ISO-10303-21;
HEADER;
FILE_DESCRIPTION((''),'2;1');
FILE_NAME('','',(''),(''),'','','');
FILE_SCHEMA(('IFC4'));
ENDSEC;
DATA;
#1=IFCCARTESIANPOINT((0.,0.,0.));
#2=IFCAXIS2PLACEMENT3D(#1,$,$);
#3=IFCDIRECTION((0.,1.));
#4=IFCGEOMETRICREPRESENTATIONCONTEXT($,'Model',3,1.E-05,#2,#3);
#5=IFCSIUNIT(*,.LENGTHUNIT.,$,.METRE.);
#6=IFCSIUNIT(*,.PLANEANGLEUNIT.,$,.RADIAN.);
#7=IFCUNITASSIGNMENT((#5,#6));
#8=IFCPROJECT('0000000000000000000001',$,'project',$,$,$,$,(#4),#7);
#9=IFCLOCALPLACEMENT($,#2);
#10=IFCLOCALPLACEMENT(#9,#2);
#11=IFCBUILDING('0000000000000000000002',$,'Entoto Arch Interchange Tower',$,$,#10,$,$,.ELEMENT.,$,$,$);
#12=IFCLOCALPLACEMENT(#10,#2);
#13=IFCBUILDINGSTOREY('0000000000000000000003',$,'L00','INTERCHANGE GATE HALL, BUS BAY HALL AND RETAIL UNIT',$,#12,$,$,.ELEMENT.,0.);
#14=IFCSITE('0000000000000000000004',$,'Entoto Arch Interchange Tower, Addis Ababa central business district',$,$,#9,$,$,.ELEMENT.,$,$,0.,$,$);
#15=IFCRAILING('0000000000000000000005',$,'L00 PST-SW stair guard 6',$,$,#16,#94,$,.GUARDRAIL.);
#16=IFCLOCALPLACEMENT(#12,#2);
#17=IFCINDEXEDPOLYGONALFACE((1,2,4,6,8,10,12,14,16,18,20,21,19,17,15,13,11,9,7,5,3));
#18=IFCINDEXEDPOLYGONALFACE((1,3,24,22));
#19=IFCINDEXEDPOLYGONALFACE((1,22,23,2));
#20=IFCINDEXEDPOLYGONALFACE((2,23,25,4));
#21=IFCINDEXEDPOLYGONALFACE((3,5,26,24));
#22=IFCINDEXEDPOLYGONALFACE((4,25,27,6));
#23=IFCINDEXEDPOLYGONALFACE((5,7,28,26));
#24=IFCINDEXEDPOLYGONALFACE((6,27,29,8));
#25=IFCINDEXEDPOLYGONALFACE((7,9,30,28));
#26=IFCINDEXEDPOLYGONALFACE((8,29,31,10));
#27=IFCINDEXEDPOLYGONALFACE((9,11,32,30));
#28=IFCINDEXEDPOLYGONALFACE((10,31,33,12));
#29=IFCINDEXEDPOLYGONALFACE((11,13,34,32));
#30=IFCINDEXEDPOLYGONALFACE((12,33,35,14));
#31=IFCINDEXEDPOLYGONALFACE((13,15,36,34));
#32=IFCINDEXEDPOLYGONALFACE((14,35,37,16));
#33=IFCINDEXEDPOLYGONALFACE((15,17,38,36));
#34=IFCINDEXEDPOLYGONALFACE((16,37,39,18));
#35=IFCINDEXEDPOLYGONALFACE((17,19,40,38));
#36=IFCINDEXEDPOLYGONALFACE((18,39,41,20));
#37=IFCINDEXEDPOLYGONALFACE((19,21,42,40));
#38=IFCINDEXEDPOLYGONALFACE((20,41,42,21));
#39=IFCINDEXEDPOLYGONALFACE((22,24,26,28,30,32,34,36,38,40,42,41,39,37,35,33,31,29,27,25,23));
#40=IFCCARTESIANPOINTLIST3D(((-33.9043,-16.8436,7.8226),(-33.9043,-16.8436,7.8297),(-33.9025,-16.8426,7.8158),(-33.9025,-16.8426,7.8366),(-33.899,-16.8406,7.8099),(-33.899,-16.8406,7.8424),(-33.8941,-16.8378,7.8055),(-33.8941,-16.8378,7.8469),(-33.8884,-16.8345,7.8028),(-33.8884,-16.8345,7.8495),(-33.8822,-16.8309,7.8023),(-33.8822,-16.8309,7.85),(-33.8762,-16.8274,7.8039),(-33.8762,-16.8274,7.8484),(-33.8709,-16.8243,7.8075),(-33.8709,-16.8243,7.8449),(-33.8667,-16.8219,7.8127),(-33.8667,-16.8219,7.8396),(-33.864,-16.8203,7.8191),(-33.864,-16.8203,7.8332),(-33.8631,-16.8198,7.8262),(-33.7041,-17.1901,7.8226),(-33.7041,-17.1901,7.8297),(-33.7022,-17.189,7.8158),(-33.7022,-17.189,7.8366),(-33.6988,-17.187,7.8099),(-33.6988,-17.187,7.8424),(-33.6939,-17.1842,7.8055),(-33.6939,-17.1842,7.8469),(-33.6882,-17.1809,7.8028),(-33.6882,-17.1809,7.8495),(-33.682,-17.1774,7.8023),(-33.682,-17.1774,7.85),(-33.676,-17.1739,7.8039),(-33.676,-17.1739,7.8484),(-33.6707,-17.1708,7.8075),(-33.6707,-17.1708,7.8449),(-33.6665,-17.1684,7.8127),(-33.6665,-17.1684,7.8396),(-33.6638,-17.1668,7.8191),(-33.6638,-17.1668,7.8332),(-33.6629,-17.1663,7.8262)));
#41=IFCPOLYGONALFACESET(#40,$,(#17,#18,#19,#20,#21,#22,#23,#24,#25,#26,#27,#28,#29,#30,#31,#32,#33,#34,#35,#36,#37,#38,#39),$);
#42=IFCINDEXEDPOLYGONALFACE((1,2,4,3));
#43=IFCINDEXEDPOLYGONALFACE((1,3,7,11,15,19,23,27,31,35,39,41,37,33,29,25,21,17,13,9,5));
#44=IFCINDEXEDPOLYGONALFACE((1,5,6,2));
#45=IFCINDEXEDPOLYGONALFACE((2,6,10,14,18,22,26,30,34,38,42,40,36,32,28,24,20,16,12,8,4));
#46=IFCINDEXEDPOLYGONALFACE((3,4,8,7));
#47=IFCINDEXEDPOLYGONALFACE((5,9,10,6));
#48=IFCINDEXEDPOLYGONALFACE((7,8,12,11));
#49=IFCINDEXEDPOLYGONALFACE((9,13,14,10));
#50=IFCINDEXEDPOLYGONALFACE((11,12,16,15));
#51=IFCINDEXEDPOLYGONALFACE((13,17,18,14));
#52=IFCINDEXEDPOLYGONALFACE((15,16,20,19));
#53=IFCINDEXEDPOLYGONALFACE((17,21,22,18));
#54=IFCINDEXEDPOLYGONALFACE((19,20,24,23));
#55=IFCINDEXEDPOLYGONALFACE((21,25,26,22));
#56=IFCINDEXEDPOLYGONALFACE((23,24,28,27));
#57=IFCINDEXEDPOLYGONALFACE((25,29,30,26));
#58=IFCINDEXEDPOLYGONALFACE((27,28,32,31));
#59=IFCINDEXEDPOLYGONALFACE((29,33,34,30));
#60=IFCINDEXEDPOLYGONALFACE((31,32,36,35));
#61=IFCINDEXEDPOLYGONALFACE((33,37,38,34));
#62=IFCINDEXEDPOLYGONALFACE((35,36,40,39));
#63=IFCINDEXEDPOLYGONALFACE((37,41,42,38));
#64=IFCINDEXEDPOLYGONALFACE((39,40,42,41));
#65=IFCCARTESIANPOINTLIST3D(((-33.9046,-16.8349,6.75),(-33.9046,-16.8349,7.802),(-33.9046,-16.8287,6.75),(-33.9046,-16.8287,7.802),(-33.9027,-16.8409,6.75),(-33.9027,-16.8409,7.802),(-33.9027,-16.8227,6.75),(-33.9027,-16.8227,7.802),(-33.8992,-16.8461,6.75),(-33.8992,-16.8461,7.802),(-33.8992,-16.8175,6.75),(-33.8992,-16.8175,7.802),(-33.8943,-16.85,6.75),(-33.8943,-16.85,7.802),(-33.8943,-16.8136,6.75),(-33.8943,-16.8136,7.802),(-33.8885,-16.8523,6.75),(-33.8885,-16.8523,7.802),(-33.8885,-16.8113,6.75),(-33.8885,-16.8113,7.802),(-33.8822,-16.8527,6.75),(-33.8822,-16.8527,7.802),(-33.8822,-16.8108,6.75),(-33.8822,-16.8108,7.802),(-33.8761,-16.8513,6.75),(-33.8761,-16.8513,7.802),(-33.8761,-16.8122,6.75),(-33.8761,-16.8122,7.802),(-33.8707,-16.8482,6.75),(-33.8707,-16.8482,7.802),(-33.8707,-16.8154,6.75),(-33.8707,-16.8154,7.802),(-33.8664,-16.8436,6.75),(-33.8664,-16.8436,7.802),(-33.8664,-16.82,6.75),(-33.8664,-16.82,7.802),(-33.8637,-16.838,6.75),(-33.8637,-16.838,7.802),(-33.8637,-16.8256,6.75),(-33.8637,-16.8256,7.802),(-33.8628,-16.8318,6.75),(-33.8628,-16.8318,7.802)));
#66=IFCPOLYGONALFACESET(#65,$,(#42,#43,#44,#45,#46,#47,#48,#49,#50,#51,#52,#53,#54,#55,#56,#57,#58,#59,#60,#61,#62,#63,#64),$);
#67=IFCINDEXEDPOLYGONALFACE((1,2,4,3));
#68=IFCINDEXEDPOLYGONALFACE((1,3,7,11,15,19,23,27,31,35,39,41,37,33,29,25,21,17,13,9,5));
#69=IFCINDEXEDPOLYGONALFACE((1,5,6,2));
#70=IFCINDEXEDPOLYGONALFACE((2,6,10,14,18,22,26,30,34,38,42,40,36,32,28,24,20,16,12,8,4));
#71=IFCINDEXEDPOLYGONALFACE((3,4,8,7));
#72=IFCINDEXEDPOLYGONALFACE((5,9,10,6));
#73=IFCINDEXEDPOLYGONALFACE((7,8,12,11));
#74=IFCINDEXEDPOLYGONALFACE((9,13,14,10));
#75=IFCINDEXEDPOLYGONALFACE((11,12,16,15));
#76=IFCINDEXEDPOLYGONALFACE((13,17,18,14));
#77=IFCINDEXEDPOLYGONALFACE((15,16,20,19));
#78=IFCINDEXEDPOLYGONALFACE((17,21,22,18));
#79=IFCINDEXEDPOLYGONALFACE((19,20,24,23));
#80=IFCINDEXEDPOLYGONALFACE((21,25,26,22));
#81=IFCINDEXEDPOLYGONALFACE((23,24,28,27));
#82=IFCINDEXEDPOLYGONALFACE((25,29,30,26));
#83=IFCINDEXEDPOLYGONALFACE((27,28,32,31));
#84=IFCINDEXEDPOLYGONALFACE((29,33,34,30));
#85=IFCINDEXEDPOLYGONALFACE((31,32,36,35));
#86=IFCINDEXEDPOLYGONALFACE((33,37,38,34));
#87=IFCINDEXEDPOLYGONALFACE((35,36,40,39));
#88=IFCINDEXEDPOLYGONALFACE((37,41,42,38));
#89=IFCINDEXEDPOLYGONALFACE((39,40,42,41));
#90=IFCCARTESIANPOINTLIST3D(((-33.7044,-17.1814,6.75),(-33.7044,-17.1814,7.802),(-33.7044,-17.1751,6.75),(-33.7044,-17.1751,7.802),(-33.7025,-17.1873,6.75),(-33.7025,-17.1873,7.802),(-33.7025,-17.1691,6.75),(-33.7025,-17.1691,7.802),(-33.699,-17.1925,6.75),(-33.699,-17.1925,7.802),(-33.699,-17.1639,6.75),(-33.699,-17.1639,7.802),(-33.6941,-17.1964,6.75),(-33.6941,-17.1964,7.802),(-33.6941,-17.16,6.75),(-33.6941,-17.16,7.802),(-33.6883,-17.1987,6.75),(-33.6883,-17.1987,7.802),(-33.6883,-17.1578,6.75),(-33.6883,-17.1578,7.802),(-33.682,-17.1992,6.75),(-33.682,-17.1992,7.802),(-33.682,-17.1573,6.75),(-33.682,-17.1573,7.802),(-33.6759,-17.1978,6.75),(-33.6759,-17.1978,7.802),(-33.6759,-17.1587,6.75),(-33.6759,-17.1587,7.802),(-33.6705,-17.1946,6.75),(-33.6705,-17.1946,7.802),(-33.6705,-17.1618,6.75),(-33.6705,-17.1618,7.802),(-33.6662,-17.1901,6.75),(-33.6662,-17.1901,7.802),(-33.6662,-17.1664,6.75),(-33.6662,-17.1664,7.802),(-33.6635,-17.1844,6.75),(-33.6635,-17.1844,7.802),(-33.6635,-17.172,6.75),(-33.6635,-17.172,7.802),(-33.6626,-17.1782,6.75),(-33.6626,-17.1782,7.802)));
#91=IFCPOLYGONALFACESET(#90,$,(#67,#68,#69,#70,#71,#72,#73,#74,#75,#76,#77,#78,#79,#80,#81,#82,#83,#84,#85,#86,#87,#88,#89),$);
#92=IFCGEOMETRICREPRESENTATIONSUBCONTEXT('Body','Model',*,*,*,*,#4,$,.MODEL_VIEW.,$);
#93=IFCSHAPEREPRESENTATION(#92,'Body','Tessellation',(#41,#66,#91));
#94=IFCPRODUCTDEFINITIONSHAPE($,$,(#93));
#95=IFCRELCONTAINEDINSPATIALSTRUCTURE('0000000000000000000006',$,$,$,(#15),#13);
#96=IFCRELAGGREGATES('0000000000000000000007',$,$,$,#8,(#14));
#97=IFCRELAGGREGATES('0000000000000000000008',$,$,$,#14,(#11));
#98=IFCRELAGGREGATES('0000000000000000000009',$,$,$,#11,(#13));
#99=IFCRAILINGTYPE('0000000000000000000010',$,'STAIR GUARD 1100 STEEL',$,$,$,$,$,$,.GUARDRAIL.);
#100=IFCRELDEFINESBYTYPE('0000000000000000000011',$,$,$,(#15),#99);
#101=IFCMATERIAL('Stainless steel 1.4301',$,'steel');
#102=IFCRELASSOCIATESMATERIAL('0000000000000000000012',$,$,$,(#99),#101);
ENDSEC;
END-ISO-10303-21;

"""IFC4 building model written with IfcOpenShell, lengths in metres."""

from ifc_helpers import new_model, si_unit, direction, frame, origin, origin_2d, place, context, subcontext, project, spatial, circle, extrude, material, type_object, element, save


model = new_model("IFC4")

# Units and contexts
model_context = context("Model", 3, precision=1e-05, world=origin(), true_north=direction((0.0, 1.0)))
body_context = subcontext(model_context, "Body", "Model", "MODEL_VIEW")
ifc_project = project(units=[si_unit("LENGTHUNIT", "METRE"), si_unit("PLANEANGLEUNIT", "RADIAN")], contexts=[model_context])

# Site, building, storey
site_placement = place(None, origin())
site = spatial("IfcSite", under=ifc_project, at=site_placement, Name="Entoto Arch Interchange Tower, Addis Ababa central business district", CompositionType="ELEMENT", RefElevation=0.0)
building_placement = place(site_placement, origin())
building = spatial("IfcBuilding", under=site, at=building_placement, Name="Entoto Arch Interchange Tower", CompositionType="ELEMENT")
storey_placement = place(building_placement, origin())
storey = spatial("IfcBuildingStorey", under=building, at=storey_placement, Name="L00", Description="INTERCHANGE GATE HALL, BUS BAY HALL AND RETAIL UNIT", CompositionType="ELEMENT", Elevation=0.0)

# Railing
ifc_material_1 = material(Name="Stainless steel 1.4301", Category="steel")
railing_type_1 = type_object("IfcRailingType", Name="STAIR GUARD 1100 STEEL", PredefinedType="GUARDRAIL", material=ifc_material_1)
railing_1_placement = place(storey_placement, frame((-33.8838, -16.8318, 6.75)))
element("IfcRailing", 1, at=railing_1_placement, inside=storey, type_object=railing_type_1, Name="L00 PST-SW stair guard 6", PredefinedType="GUARDRAIL", context=body_context, shape_type="SweptSolid", body=[
    extrude(circle(Radius=0.0239, at=origin_2d()), frame((0.0, 0.0, 1.0762), z_axis=(0.500339, -0.86583, 0.0), x_axis=(0.86583, 0.500339, 0.0)), (0.0, 0.0, 1.0), 0.4001),
    extrude(circle(Radius=0.021, at=origin_2d()), origin(), (0.0, 0.0, 1.0), 1.052),
    extrude(circle(Radius=0.021, at=origin_2d()), frame((0.2002, -0.3464, 0.0)), (0.0, 0.0, 1.0), 1.052),
])

save(model, "model.ifc")
